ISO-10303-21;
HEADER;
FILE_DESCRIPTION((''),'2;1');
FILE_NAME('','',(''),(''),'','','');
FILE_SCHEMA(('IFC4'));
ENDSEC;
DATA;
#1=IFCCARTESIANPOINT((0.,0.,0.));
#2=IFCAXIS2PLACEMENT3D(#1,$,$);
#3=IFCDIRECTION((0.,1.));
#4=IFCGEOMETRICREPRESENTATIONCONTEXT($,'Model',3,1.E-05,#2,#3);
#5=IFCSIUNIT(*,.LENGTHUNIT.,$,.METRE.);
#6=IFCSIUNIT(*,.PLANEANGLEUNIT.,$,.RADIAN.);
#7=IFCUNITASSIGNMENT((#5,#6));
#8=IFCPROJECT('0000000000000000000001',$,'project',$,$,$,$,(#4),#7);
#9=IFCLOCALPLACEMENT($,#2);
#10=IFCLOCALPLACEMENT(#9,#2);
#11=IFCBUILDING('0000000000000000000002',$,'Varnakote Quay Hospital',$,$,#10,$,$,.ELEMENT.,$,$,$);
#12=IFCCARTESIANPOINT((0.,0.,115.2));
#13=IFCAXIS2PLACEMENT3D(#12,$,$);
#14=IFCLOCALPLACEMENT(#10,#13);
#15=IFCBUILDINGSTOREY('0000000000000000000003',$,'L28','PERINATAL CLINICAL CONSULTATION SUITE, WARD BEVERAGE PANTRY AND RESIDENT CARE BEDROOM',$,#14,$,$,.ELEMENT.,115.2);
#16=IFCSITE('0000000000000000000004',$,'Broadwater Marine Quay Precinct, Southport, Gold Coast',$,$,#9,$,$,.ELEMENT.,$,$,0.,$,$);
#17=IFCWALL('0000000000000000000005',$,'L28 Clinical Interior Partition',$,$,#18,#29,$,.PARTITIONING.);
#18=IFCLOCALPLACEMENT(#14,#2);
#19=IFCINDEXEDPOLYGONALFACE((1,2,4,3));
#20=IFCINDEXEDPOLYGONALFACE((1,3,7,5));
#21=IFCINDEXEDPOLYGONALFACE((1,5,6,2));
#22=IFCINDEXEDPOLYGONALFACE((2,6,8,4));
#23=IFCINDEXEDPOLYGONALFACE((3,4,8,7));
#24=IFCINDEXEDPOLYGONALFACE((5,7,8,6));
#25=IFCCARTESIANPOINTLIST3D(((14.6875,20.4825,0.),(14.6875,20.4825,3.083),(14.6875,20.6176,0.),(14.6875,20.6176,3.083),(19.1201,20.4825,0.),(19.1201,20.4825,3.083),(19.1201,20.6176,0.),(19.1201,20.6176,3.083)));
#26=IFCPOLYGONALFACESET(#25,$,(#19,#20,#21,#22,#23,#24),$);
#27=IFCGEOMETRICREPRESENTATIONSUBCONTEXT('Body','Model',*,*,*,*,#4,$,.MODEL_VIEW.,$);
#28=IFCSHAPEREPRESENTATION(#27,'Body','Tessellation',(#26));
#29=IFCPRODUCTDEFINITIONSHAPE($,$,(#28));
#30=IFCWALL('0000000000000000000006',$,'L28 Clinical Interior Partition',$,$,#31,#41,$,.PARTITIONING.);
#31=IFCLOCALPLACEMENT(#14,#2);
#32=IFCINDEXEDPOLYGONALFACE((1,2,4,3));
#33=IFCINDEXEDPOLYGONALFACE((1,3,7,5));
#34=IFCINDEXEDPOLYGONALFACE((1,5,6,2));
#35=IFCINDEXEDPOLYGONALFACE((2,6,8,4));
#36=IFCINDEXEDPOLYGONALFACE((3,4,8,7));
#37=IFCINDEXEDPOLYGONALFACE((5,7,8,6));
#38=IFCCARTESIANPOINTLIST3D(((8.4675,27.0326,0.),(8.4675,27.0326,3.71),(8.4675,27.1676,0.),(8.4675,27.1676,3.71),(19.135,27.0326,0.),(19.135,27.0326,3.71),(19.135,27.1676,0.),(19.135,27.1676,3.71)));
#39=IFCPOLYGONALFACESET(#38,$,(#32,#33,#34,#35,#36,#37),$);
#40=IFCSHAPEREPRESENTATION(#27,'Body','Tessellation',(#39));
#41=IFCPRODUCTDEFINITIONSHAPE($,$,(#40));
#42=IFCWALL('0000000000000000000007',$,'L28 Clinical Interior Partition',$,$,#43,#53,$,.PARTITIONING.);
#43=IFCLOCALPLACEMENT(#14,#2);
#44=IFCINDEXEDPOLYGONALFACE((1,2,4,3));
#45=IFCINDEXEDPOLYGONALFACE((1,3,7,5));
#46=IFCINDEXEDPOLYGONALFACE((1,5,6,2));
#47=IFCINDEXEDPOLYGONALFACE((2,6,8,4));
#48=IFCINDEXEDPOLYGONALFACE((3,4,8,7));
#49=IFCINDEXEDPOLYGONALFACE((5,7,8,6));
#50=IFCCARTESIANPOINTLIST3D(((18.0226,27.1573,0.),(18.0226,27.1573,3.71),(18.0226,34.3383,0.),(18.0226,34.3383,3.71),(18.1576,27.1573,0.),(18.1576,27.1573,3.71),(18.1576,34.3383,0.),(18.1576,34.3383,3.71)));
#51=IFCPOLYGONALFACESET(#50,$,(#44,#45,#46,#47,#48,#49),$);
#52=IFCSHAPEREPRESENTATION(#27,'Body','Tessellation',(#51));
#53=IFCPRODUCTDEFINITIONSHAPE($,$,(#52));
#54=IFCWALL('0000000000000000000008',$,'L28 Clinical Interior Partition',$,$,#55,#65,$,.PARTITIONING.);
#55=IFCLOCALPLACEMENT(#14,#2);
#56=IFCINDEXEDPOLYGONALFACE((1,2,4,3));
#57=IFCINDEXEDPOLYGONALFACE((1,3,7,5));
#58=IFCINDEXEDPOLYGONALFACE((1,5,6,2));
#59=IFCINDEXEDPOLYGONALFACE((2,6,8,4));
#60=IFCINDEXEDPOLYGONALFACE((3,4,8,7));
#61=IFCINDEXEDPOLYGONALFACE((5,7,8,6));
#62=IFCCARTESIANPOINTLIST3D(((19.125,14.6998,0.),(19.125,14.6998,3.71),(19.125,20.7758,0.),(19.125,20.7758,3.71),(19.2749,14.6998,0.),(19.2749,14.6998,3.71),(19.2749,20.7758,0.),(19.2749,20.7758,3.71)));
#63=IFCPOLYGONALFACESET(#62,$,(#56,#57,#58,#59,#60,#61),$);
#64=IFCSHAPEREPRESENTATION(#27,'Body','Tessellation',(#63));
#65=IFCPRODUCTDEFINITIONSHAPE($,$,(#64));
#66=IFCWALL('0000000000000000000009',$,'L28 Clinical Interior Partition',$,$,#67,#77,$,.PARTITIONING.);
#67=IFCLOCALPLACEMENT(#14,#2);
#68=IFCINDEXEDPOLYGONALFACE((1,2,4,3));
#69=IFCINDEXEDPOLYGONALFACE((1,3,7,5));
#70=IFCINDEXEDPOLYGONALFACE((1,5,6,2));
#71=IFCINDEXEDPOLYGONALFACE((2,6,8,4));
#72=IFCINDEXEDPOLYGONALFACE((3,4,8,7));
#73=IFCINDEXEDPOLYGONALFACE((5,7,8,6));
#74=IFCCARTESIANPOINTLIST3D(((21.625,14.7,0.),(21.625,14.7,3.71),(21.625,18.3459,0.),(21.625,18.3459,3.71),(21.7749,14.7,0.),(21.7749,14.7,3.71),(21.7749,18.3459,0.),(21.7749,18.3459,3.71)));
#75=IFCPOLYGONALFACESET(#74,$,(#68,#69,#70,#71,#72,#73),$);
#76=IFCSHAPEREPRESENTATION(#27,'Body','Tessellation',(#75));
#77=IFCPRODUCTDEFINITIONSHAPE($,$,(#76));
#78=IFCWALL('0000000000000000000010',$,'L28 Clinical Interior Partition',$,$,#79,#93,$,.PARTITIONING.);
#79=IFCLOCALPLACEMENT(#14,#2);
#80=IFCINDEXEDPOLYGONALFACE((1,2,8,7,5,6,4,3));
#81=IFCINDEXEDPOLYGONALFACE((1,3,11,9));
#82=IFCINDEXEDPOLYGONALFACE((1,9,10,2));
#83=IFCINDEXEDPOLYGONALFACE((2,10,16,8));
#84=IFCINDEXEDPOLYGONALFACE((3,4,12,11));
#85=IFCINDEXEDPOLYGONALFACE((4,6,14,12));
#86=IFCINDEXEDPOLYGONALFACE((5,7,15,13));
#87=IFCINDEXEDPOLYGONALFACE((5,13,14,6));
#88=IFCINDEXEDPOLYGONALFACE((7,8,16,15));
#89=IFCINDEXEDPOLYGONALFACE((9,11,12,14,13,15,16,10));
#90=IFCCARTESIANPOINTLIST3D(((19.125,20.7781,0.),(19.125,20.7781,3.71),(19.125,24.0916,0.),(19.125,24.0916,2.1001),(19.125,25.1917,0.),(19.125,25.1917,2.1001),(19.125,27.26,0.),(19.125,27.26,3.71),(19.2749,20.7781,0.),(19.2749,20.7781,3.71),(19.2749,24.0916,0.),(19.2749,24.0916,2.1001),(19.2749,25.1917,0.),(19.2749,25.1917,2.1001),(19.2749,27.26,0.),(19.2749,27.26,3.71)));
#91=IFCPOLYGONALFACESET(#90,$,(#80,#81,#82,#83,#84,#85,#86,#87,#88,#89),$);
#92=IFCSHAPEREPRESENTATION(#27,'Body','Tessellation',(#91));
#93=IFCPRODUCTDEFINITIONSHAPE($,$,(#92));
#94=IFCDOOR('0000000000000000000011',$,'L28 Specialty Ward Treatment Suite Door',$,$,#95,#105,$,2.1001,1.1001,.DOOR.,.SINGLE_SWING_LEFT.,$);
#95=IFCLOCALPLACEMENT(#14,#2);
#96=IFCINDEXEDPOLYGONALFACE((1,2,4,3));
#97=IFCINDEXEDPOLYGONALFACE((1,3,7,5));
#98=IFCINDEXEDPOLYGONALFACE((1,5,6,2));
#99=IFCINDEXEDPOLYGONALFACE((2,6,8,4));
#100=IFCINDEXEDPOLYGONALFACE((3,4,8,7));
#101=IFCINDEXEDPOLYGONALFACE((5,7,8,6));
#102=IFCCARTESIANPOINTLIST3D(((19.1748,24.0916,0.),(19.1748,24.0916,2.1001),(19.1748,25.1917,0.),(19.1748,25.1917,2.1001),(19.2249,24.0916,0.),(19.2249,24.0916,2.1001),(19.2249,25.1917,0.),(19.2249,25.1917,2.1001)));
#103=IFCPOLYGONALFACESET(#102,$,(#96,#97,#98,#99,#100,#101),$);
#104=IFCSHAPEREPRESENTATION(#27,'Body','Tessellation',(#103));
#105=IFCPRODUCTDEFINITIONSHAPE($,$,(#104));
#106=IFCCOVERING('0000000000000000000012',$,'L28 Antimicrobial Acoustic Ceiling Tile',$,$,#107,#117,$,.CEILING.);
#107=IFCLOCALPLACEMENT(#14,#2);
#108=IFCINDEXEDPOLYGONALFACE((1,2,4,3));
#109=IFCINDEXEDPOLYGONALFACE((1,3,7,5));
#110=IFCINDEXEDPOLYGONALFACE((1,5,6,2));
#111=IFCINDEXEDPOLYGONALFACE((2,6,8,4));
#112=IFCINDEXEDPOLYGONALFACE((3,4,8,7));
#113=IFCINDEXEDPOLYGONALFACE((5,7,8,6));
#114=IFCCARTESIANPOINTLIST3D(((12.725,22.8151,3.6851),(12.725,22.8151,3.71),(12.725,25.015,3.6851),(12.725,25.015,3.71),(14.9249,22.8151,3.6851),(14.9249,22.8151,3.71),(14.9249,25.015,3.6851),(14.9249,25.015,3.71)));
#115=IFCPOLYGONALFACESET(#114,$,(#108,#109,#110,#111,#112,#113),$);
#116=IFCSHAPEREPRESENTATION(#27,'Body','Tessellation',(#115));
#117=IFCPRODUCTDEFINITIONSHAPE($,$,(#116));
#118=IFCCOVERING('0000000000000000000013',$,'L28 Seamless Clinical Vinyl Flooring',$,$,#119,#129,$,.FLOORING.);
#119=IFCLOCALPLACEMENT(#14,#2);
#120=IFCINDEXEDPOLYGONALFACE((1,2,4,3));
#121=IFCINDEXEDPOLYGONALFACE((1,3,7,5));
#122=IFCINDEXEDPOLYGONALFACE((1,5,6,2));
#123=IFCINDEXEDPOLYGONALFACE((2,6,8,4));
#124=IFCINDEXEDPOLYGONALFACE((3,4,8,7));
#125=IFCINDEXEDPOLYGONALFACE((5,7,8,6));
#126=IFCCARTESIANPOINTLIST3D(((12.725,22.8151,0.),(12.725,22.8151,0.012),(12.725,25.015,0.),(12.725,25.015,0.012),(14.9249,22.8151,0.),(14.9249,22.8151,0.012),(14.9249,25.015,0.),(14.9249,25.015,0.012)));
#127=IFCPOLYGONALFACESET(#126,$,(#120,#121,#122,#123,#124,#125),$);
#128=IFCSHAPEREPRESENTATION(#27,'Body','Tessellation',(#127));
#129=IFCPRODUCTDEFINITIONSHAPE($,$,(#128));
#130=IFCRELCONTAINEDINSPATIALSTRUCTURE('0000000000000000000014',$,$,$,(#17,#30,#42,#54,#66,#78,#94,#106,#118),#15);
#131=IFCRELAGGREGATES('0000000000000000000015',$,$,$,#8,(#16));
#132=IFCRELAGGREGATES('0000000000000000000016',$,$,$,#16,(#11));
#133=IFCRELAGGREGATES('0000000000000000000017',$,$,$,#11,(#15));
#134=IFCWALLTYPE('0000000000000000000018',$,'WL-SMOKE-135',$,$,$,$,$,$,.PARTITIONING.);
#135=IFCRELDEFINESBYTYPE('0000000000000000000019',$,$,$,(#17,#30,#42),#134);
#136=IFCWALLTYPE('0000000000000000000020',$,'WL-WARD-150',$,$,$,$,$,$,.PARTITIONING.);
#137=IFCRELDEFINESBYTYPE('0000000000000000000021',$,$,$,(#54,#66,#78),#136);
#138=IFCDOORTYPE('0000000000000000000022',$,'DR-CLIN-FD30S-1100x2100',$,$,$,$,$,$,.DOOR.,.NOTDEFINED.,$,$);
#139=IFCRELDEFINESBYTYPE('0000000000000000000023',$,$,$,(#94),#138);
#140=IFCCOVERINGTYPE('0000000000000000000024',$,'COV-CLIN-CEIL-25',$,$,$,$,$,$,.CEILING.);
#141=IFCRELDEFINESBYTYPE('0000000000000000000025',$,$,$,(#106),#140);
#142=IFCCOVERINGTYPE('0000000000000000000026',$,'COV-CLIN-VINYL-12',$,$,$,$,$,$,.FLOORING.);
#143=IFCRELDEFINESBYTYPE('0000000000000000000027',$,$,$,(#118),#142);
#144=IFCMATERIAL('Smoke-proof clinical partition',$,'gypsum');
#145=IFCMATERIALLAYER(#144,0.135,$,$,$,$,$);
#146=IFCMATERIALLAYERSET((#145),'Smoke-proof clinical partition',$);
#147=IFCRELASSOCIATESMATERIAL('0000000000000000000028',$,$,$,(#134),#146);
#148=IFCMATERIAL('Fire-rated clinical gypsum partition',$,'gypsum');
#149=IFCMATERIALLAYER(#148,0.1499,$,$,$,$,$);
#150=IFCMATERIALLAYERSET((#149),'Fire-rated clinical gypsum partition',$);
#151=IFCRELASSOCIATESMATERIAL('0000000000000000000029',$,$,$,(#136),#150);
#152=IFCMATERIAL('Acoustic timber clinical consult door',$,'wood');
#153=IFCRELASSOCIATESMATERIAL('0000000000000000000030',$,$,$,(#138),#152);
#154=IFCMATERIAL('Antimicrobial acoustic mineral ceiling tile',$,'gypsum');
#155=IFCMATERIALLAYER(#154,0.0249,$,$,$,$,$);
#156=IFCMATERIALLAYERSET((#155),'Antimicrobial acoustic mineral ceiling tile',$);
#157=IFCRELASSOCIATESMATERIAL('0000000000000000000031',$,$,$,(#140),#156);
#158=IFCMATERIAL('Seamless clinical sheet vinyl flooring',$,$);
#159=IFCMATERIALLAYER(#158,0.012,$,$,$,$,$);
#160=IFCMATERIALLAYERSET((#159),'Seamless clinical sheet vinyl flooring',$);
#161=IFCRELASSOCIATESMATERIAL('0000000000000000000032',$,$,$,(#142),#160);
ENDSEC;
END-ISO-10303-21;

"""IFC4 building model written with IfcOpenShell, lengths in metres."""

from ifc_helpers import new_model, si_unit, direction, frame, frame_2d, origin, origin_2d, place, context, subcontext, project, spatial, rectangle, extrude, material, layer, layer_set, type_object, element, fill, save


model = new_model("IFC4")

# Units and contexts
model_context = context("Model", 3, precision=1e-05, world=origin(), true_north=direction((0.0, 1.0)))
body_context = subcontext(model_context, "Body", "Model", "MODEL_VIEW")
ifc_project = project(units=[si_unit("LENGTHUNIT", "METRE"), si_unit("PLANEANGLEUNIT", "RADIAN")], contexts=[model_context])

# Site, building, storey
site_placement = place(None, origin())
site = spatial("IfcSite", under=ifc_project, at=site_placement, Name="Broadwater Marine Quay Precinct, Southport, Gold Coast", CompositionType="ELEMENT", RefElevation=0.0)
building_placement = place(site_placement, origin())
building = spatial("IfcBuilding", under=site, at=building_placement, Name="Varnakote Quay Hospital", CompositionType="ELEMENT")
storey_placement = place(building_placement, frame((0.0, 0.0, 115.2)))
storey = spatial("IfcBuildingStorey", under=building, at=storey_placement, Name="L28", Description="PERINATAL CLINICAL CONSULTATION SUITE, WARD BEVERAGE PANTRY AND RESIDENT CARE BEDROOM", CompositionType="ELEMENT", Elevation=115.2)

# Walls
ifc_material_1 = material(Name="Smoke-proof clinical partition", Category="gypsum")
ifc_layer_1 = layer(ifc_material_1, 0.135)
ifc_layer_set_1 = layer_set([ifc_layer_1], Name="Smoke-proof clinical partition")
wall_type_1 = type_object("IfcWallType", Name="WL-SMOKE-135", PredefinedType="PARTITIONING", material=ifc_layer_set_1)
wall_1_placement = place(storey_placement, frame((19.1201, 20.55, 0.0), z_axis=(0.0, 0.0, 1.0), x_axis=(-1.0, 0.0, 0.0)))
element("IfcWall", 1, at=wall_1_placement, inside=storey, type_object=wall_type_1, Name="L28 Clinical Interior Partition", PredefinedType="PARTITIONING", context=body_context, shape_type="SweptSolid", body=[
    extrude(rectangle(XDim=4.4326, YDim=0.135, at=frame_2d((2.2163, 0.0))), origin(), (0.0, 0.0, 1.0), 3.083),
])
wall_2_placement = place(storey_placement, frame((19.135, 27.1001, 0.0), z_axis=(0.0, 0.0, 1.0), x_axis=(-1.0, 0.0, 0.0)))
element("IfcWall", 2, at=wall_2_placement, inside=storey, type_object=wall_type_1, Name="L28 Clinical Interior Partition", PredefinedType="PARTITIONING", context=body_context, shape_type="SweptSolid", body=[
    extrude(rectangle(XDim=10.6675, YDim=0.135, at=frame_2d((5.3337, 0.0))), origin(), (0.0, 0.0, 1.0), 3.71),
])
wall_3_placement = place(storey_placement, frame((18.0901, 27.1575, 0.0), z_axis=(0.0, 0.0, 1.0), x_axis=(0.0, 1.0, 0.0)))
element("IfcWall", 3, at=wall_3_placement, inside=storey, type_object=wall_type_1, Name="L28 Clinical Interior Partition", PredefinedType="PARTITIONING", context=body_context, shape_type="SweptSolid", body=[
    extrude(rectangle(XDim=7.1809, YDim=0.135, at=frame_2d((3.5903, 0.0))), origin(), (0.0, 0.0, 1.0), 3.71),
])
ifc_material_2 = material(Name="Fire-rated clinical gypsum partition", Category="gypsum")
ifc_layer_2 = layer(ifc_material_2, 0.1499)
ifc_layer_set_2 = layer_set([ifc_layer_2], Name="Fire-rated clinical gypsum partition")
wall_type_2 = type_object("IfcWallType", Name="WL-WARD-150", PredefinedType="PARTITIONING", material=ifc_layer_set_2)
wall_4_placement = place(storey_placement, frame((19.2, 20.7759, 0.0), z_axis=(0.0, 0.0, 1.0), x_axis=(0.0, -1.0, 0.0)))
element("IfcWall", 4, at=wall_4_placement, inside=storey, type_object=wall_type_2, Name="L28 Clinical Interior Partition", PredefinedType="PARTITIONING", context=body_context, shape_type="SweptSolid", body=[
    extrude(rectangle(XDim=6.0759, YDim=0.1499, at=frame_2d((3.0381, 0.0))), origin(), (0.0, 0.0, 1.0), 3.71),
])
wall_5_placement = place(storey_placement, frame((21.7, 14.7, 0.0), z_axis=(0.0, 0.0, 1.0), x_axis=(0.0, 1.0, 0.0)))
element("IfcWall", 5, at=wall_5_placement, inside=storey, type_object=wall_type_2, Name="L28 Clinical Interior Partition", PredefinedType="PARTITIONING", context=body_context, shape_type="SweptSolid", body=[
    extrude(rectangle(XDim=3.646, YDim=0.1499, at=frame_2d((1.823, 0.0))), origin(), (0.0, 0.0, 1.0), 3.71),
])

# Wall, opening, door
wall_6_placement = place(storey_placement, frame((19.2, 27.26, 0.0), z_axis=(0.0, 0.0, 1.0), x_axis=(0.0, -1.0, 0.0)))
wall_6 = element("IfcWall", 6, at=wall_6_placement, inside=storey, type_object=wall_type_2, Name="L28 Clinical Interior Partition", PredefinedType="PARTITIONING", context=body_context, shape_type="SweptSolid", body=[
    extrude(rectangle(XDim=6.4819, YDim=0.1499, at=frame_2d((3.241, 0.0))), origin(), (0.0, 0.0, 1.0), 3.71),
])
opening_1_placement = place(wall_6_placement, frame((2.0684, 0.0, 0.0)))
opening_1 = element("IfcOpeningElement", 7, at=opening_1_placement, cuts=wall_6, PredefinedType="OPENING", context=body_context, shape_type="SweptSolid", body=[
    extrude(rectangle(XDim=1.1001, YDim=2.1001, at=frame_2d((0.55, 1.05))), frame((0.0, 0.085, 0.0), z_axis=(0.0, -1.0, 0.0), x_axis=(1.0, 0.0, 0.0)), (0.0, 0.0, 1.0), 0.1699),
])
ifc_material_3 = material(Name="Acoustic timber clinical consult door", Category="wood")
door_type_1 = type_object("IfcDoorType", Name="DR-CLIN-FD30S-1100x2100", OperationType="NOTDEFINED", PredefinedType="DOOR", material=ifc_material_3)
door_1_placement = place(opening_1_placement, origin())
door_1 = element("IfcDoor", 8, at=door_1_placement, inside=storey, type_object=door_type_1, Name="L28 Specialty Ward Treatment Suite Door", OperationType="SINGLE_SWING_LEFT", OverallHeight=2.1001, OverallWidth=1.1001, PredefinedType="DOOR", context=body_context, shape_type="SweptSolid", body=[
    extrude(rectangle(XDim=1.1001, YDim=2.1001, at=frame_2d((0.55, 1.05))), frame((0.0, 0.0249, 0.0), z_axis=(0.0, -1.0, 0.0), x_axis=(1.0, 0.0, 0.0)), (0.0, 0.0, 1.0), 0.05),
])
fill(opening_1, door_1)

# Coverings
ifc_material_4 = material(Name="Antimicrobial acoustic mineral ceiling tile", Category="gypsum")
ifc_layer_3 = layer(ifc_material_4, 0.0249)
ifc_layer_set_3 = layer_set([ifc_layer_3], Name="Antimicrobial acoustic mineral ceiling tile")
covering_type_1 = type_object("IfcCoveringType", Name="COV-CLIN-CEIL-25", PredefinedType="CEILING", material=ifc_layer_set_3)
covering_1_placement = place(storey_placement, frame((13.825, 23.915, 3.6851), z_axis=(0.0, 0.0, 1.0), x_axis=(1.0, 0.0, 0.0)))
element("IfcCovering", 9, at=covering_1_placement, inside=storey, type_object=covering_type_1, Name="L28 Antimicrobial Acoustic Ceiling Tile", PredefinedType="CEILING", context=body_context, shape_type="SweptSolid", body=[
    extrude(rectangle(XDim=2.2, YDim=2.2, at=origin_2d()), origin(), (0.0, 0.0, 1.0), 0.0249),
])
ifc_material_5 = material(Name="Seamless clinical sheet vinyl flooring")
ifc_layer_4 = layer(ifc_material_5, 0.012)
ifc_layer_set_4 = layer_set([ifc_layer_4], Name="Seamless clinical sheet vinyl flooring")
covering_type_2 = type_object("IfcCoveringType", Name="COV-CLIN-VINYL-12", PredefinedType="FLOORING", material=ifc_layer_set_4)
covering_2_placement = place(storey_placement, frame((13.825, 23.915, 0.0), z_axis=(0.0, 0.0, 1.0), x_axis=(1.0, 0.0, 0.0)))
element("IfcCovering", 10, at=covering_2_placement, inside=storey, type_object=covering_type_2, Name="L28 Seamless Clinical Vinyl Flooring", PredefinedType="FLOORING", context=body_context, shape_type="SweptSolid", body=[
    extrude(rectangle(XDim=2.2, YDim=2.2, at=origin_2d()), origin(), (0.0, 0.0, 1.0), 0.012),
])

save(model, "model.ifc")
